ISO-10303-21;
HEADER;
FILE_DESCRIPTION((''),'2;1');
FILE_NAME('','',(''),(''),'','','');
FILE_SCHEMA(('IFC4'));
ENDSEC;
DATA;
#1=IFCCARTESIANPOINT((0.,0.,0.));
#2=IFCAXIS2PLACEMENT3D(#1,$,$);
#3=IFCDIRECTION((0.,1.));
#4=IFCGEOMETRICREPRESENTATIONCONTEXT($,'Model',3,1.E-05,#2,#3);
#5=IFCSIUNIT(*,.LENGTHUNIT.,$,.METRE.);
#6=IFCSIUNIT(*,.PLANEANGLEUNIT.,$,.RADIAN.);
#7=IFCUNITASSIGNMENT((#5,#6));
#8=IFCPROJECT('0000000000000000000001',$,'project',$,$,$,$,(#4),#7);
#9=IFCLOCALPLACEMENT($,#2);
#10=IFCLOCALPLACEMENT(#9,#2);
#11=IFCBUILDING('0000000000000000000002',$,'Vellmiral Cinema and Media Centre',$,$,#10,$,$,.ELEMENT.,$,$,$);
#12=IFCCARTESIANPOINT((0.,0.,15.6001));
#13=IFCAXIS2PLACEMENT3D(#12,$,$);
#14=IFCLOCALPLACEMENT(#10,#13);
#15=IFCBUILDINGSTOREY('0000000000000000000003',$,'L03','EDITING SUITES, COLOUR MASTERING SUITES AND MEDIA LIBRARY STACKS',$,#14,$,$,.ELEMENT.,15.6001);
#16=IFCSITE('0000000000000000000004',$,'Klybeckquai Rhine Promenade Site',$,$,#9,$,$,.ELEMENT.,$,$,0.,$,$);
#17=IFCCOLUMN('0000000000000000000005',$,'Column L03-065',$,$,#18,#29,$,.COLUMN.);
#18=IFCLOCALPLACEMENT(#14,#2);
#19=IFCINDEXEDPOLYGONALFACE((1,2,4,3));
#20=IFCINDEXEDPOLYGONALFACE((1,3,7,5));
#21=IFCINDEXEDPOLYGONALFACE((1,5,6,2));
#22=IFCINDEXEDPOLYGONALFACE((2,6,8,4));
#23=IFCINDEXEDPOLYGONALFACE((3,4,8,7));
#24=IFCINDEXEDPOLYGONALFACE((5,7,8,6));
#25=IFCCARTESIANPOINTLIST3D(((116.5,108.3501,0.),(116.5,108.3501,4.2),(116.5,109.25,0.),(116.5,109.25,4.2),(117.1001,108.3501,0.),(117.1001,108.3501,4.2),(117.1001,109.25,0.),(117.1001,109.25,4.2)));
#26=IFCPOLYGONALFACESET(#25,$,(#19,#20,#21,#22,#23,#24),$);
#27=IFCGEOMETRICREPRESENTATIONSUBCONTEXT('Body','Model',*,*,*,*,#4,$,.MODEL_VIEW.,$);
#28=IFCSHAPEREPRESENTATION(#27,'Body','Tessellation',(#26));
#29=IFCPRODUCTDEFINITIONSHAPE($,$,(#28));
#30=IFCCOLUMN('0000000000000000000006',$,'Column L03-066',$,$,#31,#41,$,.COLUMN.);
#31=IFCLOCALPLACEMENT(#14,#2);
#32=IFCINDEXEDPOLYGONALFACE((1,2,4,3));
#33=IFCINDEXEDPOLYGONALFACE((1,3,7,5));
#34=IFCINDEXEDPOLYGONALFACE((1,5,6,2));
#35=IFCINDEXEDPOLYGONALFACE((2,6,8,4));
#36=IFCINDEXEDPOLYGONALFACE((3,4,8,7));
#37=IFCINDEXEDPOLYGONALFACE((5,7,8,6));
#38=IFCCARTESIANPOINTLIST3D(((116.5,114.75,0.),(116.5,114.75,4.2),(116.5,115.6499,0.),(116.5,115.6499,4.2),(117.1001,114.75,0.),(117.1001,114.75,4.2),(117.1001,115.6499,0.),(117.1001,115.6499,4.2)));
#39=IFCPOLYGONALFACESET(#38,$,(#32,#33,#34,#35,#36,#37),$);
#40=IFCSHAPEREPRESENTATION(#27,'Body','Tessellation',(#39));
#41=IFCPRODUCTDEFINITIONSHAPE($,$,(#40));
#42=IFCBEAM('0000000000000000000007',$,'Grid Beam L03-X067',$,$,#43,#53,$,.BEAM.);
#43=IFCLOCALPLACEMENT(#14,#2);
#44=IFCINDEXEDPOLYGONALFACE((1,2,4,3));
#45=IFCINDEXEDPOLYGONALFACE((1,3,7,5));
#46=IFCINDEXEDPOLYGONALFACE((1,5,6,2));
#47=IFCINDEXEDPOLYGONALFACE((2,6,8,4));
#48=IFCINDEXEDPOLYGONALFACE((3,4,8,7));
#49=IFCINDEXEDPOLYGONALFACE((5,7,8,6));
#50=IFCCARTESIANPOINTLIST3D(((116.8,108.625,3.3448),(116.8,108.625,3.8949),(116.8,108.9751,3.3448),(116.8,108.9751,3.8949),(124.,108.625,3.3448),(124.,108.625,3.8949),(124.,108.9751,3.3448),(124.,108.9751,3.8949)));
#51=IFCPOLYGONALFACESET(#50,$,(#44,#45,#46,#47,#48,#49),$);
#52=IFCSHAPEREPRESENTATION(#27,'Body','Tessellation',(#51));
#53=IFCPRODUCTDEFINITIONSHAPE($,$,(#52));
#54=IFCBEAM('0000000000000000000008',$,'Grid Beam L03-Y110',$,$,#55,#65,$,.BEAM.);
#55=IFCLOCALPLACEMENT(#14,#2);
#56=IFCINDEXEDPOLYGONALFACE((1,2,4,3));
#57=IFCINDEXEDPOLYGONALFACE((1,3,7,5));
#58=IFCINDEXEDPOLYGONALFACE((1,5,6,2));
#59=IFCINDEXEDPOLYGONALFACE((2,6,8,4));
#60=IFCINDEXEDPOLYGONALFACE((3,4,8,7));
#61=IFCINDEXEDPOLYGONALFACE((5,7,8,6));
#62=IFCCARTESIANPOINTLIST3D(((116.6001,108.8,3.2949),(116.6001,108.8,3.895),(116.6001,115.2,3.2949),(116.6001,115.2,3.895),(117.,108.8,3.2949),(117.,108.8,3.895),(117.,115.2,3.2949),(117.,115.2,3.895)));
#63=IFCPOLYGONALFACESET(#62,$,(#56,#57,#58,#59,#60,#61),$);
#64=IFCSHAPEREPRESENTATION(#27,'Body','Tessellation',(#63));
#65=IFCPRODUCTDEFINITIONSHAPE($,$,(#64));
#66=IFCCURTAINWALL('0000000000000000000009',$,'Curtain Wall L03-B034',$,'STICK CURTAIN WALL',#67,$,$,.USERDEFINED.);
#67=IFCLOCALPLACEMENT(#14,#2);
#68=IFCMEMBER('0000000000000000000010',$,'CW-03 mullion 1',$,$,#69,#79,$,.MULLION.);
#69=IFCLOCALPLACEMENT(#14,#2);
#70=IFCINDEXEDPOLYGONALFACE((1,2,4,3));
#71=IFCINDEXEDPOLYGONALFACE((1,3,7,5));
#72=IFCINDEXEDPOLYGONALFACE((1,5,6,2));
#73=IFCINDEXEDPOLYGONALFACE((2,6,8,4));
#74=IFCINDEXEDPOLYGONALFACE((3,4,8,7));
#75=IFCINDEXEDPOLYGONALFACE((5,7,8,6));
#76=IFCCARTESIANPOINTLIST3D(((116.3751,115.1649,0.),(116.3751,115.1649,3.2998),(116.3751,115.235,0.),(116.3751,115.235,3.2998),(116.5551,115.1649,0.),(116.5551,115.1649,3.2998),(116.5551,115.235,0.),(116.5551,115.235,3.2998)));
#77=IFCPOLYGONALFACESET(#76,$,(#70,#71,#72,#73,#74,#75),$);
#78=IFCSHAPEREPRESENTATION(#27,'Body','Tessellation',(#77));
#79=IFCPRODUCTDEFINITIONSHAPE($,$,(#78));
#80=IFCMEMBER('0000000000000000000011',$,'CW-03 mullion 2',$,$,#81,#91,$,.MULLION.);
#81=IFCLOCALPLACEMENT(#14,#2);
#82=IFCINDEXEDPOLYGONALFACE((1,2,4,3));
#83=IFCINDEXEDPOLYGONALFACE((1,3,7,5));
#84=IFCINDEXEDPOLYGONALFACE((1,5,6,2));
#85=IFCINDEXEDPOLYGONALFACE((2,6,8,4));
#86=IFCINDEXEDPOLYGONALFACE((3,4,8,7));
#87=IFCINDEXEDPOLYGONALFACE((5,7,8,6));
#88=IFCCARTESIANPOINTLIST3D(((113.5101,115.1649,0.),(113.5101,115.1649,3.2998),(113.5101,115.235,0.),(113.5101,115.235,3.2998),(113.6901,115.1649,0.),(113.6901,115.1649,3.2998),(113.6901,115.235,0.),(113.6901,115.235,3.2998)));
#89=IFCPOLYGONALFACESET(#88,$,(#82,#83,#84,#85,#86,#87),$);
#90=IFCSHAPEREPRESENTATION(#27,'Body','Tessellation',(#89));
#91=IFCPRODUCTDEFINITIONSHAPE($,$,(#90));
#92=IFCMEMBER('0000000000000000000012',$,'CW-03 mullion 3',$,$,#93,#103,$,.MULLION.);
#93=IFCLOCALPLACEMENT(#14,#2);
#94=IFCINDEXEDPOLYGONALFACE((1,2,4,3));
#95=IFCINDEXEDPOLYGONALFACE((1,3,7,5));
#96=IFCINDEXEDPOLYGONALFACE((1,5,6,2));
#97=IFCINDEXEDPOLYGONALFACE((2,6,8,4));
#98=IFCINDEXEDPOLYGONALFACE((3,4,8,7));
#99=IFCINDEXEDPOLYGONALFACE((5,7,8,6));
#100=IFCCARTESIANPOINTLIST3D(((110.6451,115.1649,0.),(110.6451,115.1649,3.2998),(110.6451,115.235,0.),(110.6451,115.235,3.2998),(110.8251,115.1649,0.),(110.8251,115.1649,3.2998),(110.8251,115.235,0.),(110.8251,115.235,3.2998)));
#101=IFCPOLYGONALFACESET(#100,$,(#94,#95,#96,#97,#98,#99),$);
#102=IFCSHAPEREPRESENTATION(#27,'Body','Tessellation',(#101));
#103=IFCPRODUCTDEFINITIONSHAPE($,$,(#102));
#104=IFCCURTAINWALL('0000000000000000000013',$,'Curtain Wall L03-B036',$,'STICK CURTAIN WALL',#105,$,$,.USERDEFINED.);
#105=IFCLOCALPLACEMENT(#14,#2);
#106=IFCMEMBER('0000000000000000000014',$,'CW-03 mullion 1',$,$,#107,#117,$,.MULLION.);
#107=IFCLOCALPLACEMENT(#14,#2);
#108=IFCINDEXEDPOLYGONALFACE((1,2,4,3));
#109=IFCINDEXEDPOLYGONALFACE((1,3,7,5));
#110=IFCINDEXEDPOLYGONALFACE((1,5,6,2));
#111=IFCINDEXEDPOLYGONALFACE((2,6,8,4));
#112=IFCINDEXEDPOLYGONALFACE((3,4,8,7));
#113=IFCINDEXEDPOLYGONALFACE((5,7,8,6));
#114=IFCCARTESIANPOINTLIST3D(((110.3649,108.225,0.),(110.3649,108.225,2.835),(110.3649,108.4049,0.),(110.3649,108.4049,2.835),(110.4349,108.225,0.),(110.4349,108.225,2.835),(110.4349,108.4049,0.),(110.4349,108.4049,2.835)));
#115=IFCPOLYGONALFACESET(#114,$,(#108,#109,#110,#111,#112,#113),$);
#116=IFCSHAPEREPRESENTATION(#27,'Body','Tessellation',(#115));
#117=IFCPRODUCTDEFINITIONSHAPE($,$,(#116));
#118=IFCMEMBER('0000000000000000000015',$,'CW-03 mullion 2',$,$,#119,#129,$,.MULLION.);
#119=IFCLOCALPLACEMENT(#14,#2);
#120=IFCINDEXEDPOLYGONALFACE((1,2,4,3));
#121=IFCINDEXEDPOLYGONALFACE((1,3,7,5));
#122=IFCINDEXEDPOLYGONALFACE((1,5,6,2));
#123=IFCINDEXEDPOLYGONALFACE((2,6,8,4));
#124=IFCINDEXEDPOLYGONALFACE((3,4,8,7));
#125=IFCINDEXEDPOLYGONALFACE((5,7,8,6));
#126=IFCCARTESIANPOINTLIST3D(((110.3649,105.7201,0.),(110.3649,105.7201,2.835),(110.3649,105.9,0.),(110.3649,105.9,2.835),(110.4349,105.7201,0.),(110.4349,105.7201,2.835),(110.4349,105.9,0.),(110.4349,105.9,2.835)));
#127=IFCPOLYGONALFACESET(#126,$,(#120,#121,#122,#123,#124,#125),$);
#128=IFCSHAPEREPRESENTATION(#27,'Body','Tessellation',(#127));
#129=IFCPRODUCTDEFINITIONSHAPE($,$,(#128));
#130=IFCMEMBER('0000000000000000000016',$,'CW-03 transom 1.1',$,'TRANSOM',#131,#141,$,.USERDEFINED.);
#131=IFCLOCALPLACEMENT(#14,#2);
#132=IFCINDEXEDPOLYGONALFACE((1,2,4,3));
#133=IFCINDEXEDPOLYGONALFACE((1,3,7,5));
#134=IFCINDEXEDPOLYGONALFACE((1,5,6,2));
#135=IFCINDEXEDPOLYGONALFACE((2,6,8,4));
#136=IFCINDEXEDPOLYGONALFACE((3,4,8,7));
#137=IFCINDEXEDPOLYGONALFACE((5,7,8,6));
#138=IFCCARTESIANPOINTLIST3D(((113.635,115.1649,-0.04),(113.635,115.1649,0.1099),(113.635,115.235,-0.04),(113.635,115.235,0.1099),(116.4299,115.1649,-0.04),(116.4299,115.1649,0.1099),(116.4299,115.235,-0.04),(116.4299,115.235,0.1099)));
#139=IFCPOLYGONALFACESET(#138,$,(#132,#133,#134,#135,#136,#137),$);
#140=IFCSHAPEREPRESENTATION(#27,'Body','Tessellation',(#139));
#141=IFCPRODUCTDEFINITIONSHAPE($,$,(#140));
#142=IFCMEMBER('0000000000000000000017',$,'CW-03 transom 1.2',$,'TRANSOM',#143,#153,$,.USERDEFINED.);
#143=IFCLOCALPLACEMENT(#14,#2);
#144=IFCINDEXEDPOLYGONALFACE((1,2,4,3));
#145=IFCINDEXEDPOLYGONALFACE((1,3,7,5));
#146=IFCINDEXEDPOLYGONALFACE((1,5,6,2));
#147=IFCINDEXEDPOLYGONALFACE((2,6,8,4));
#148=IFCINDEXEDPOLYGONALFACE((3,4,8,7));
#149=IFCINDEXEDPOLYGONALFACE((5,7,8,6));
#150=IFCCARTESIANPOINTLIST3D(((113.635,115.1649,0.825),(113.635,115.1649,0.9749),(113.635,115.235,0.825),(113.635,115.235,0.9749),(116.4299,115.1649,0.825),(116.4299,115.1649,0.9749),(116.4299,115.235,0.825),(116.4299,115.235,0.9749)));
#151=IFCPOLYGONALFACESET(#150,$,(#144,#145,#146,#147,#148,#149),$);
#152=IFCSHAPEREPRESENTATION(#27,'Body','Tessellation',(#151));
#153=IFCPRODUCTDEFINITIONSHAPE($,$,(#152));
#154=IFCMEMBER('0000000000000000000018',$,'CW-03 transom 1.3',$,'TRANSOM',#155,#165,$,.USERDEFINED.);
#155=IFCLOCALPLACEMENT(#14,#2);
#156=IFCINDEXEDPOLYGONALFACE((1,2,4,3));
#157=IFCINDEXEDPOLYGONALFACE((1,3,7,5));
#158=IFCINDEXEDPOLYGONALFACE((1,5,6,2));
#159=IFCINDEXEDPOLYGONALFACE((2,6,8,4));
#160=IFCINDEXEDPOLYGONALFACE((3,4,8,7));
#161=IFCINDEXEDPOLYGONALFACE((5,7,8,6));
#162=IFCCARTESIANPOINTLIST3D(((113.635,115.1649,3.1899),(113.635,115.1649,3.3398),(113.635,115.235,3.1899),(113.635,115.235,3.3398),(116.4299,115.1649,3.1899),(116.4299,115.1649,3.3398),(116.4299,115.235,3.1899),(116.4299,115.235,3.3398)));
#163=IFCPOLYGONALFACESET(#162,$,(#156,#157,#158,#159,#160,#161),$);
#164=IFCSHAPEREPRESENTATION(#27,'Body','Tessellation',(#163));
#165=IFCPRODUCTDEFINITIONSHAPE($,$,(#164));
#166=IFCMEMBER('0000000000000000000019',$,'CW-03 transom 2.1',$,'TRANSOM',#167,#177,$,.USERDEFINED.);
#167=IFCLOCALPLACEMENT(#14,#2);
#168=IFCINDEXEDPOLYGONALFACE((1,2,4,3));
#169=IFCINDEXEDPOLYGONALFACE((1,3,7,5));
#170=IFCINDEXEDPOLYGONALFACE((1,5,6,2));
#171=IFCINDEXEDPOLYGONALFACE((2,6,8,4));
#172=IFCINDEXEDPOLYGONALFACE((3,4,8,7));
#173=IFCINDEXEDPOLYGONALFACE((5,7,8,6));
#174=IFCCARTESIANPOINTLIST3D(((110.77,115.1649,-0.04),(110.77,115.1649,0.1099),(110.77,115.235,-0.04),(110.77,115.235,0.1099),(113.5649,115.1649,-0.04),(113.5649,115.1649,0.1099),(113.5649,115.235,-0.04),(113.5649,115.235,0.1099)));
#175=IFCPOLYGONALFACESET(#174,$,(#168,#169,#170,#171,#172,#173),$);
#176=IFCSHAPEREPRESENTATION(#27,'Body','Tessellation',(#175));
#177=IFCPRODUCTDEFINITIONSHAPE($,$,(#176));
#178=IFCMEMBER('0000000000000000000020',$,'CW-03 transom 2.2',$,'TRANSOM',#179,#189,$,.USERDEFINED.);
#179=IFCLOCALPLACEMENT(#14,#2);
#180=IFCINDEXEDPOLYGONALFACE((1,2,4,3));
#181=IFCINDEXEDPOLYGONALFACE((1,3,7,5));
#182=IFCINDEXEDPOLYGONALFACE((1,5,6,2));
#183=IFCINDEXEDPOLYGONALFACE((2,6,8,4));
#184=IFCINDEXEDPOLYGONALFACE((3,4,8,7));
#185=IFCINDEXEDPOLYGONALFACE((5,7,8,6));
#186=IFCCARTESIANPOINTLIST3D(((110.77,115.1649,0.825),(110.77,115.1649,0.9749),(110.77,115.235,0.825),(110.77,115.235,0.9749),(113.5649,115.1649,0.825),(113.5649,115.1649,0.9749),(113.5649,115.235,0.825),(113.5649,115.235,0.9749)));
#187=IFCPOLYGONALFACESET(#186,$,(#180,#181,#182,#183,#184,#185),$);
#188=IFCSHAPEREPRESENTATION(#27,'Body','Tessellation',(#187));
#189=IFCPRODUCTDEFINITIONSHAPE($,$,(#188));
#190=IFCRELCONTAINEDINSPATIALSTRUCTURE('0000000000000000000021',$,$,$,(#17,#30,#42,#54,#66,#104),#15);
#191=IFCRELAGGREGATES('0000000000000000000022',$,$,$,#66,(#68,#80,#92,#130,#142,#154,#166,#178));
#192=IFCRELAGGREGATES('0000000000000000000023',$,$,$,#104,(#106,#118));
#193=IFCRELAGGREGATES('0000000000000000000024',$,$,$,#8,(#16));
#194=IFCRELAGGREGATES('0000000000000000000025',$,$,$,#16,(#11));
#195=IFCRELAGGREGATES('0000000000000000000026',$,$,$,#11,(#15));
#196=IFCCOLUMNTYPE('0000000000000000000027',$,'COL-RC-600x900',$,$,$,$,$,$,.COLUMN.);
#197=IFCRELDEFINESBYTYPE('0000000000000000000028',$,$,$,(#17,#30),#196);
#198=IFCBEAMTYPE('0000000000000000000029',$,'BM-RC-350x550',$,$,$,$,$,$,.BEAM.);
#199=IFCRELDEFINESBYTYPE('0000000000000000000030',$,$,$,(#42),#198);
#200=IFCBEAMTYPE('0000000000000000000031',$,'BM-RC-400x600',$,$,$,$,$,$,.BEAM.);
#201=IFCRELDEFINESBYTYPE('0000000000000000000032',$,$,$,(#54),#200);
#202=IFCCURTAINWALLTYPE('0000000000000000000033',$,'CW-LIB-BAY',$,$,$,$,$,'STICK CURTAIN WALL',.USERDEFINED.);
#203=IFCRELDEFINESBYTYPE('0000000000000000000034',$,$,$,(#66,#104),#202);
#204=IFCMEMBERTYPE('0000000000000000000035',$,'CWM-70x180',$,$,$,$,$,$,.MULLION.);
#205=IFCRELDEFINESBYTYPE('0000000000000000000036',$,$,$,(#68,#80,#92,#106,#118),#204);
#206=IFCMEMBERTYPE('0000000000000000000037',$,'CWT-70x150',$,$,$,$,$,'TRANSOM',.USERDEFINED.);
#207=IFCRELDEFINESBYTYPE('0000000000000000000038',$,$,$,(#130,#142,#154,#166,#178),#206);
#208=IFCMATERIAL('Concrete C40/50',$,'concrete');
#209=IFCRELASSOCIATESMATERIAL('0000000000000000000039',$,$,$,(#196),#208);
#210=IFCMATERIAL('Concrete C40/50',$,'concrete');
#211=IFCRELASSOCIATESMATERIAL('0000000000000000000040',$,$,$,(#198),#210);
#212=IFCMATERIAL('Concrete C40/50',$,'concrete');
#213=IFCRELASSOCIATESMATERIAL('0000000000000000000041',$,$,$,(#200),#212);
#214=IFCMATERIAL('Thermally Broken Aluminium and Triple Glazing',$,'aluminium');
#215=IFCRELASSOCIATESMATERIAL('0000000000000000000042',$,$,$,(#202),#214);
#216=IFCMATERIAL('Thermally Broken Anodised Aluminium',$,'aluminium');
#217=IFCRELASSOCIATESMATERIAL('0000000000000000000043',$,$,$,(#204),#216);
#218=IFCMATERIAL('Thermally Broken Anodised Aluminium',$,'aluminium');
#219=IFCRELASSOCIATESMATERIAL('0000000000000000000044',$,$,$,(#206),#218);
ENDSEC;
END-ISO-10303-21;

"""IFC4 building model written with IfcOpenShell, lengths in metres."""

from ifc_helpers import new_model, si_unit, direction, frame, origin, origin_2d, place, context, subcontext, project, spatial, rectangle, extrude, material, material_profile, profile_set, type_object, element, aggregate, save


model = new_model("IFC4")

# Units and contexts
model_context = context("Model", 3, precision=1e-05, world=origin(), true_north=direction((0.0, 1.0)))
body_context = subcontext(model_context, "Body", "Model", "MODEL_VIEW")
ifc_project = project(units=[si_unit("LENGTHUNIT", "METRE"), si_unit("PLANEANGLEUNIT", "RADIAN")], contexts=[model_context])

# Site, building, storey
site_placement = place(None, origin())
site = spatial("IfcSite", under=ifc_project, at=site_placement, Name="Klybeckquai Rhine Promenade Site", CompositionType="ELEMENT", RefElevation=0.0)
building_placement = place(site_placement, origin())
building = spatial("IfcBuilding", under=site, at=building_placement, Name="Vellmiral Cinema and Media Centre", CompositionType="ELEMENT")
storey_placement = place(building_placement, frame((0.0, 0.0, 15.6001)))
storey = spatial("IfcBuildingStorey", under=building, at=storey_placement, Name="L03", Description="EDITING SUITES, COLOUR MASTERING SUITES AND MEDIA LIBRARY STACKS", CompositionType="ELEMENT", Elevation=15.6001)

# Columns
ifc_material_1 = material(Name="Concrete C40/50", Category="concrete")
ifc_material_profile_1 = material_profile(ifc_material_1, rectangle(XDim=0.6001, YDim=0.8999, at=origin_2d()), Name="RC 600x900")
ifc_profile_set_1 = profile_set([ifc_material_profile_1], Name="Concrete C40/50")
column_type = type_object("IfcColumnType", Name="COL-RC-600x900", PredefinedType="COLUMN", material=ifc_profile_set_1)
for number, where, z_axis, x_axis, name in (
    (1, (116.8, 108.8, 0.0), (0.0, 0.0, 1.0), (1.0, 0.0, 0.0), "Column L03-065"),
    (2, (116.8, 115.2, 0.0), (0.0, 0.0, 1.0), (1.0, 0.0, 0.0), "Column L03-066"),
):
    element("IfcColumn", number, at=place(storey_placement, frame(where, z_axis=z_axis, x_axis=x_axis)), inside=storey, type_object=column_type, Name=name, PredefinedType="COLUMN", context=body_context, shape_type="SweptSolid", body=[
        extrude(rectangle(XDim=0.6001, YDim=0.8999, at=origin_2d()), origin(), (0.0, 0.0, 1.0), 4.2),
    ])

# Beams
ifc_material_2 = material(Name="Concrete C40/50", Category="concrete")
ifc_material_profile_2 = material_profile(ifc_material_2, rectangle(XDim=0.3501, YDim=0.55, at=origin_2d()), Name="RC 350x550")
ifc_profile_set_2 = profile_set([ifc_material_profile_2], Name="Concrete C40/50")
beam_type_1 = type_object("IfcBeamType", Name="BM-RC-350x550", PredefinedType="BEAM", material=ifc_profile_set_2)
beam_1_placement = place(storey_placement, frame((116.8, 108.8, 3.6199), z_axis=(1.0, 0.0, 0.0), x_axis=(0.0, 1.0, 0.0)))
element("IfcBeam", 3, at=beam_1_placement, inside=storey, type_object=beam_type_1, Name="Grid Beam L03-X067", PredefinedType="BEAM", context=body_context, shape_type="SweptSolid", body=[
    extrude(rectangle(XDim=0.3501, YDim=0.55, at=origin_2d()), origin(), (0.0, 0.0, 1.0), 7.2),
])
ifc_material_3 = material(Name="Concrete C40/50", Category="concrete")
ifc_material_profile_3 = material_profile(ifc_material_3, rectangle(XDim=0.3999, YDim=0.6001, at=origin_2d()), Name="RC 400x600")
ifc_profile_set_3 = profile_set([ifc_material_profile_3], Name="Concrete C40/50")
beam_type_2 = type_object("IfcBeamType", Name="BM-RC-400x600", PredefinedType="BEAM", material=ifc_profile_set_3)
beam_2_placement = place(storey_placement, frame((116.8, 108.8, 3.595), z_axis=(0.0, 1.0, 0.0), x_axis=(-1.0, 0.0, 0.0)))
element("IfcBeam", 4, at=beam_2_placement, inside=storey, type_object=beam_type_2, Name="Grid Beam L03-Y110", PredefinedType="BEAM", context=body_context, shape_type="SweptSolid", body=[
    extrude(rectangle(XDim=0.3999, YDim=0.6001, at=origin_2d()), origin(), (0.0, 0.0, 1.0), 6.3999),
])

# Curtain walls, members
ifc_material_4 = material(Name="Thermally Broken Aluminium and Triple Glazing", Category="aluminium")
curtain_wall_type = type_object("IfcCurtainWallType", Name="CW-LIB-BAY", ElementType="STICK CURTAIN WALL", PredefinedType="USERDEFINED", material=ifc_material_4)
curtain_wall_1_placement = place(storey_placement, origin())
curtain_wall_1 = element("IfcCurtainWall", 5, at=curtain_wall_1_placement, inside=storey, type_object=curtain_wall_type, Name="Curtain Wall L03-B034", ObjectType="STICK CURTAIN WALL", PredefinedType="USERDEFINED")
ifc_material_5 = material(Name="Thermally Broken Anodised Aluminium", Category="aluminium")
ifc_material_profile_4 = material_profile(ifc_material_5, rectangle(XDim=0.0701, YDim=0.1799, at=origin_2d()), Name="MULL 70x180")
ifc_profile_set_4 = profile_set([ifc_material_profile_4], Name="Thermally Broken Anodised Aluminium")
member_type_1 = type_object("IfcMemberType", Name="CWM-70x180", PredefinedType="MULLION", material=ifc_profile_set_4)
member_1_placement = place(storey_placement, frame((116.4651, 115.2, 0.0), z_axis=(0.0, 0.0, 1.0), x_axis=(0.0, -1.0, 0.0)))
member_1 = element("IfcMember", 6, at=member_1_placement, type_object=member_type_1, Name="CW-03 mullion 1", PredefinedType="MULLION", context=body_context, shape_type="SweptSolid", body=[
    extrude(rectangle(XDim=0.0701, YDim=0.1799, at=origin_2d()), origin(), (0.0, 0.0, 1.0), 3.2998),
])
member_2_placement = place(storey_placement, frame((113.6001, 115.2, 0.0), z_axis=(0.0, 0.0, 1.0), x_axis=(0.0, -1.0, 0.0)))
member_2 = element("IfcMember", 7, at=member_2_placement, type_object=member_type_1, Name="CW-03 mullion 2", PredefinedType="MULLION", context=body_context, shape_type="SweptSolid", body=[
    extrude(rectangle(XDim=0.0701, YDim=0.1799, at=origin_2d()), origin(), (0.0, 0.0, 1.0), 3.2998),
])
member_3_placement = place(storey_placement, frame((110.7351, 115.2, 0.0), z_axis=(0.0, 0.0, 1.0), x_axis=(0.0, -1.0, 0.0)))
member_3 = element("IfcMember", 8, at=member_3_placement, type_object=member_type_1, Name="CW-03 mullion 3", PredefinedType="MULLION", context=body_context, shape_type="SweptSolid", body=[
    extrude(rectangle(XDim=0.0701, YDim=0.1799, at=origin_2d()), origin(), (0.0, 0.0, 1.0), 3.2998),
])
curtain_wall_2_placement = place(storey_placement, origin())
curtain_wall_2 = element("IfcCurtainWall", 9, at=curtain_wall_2_placement, inside=storey, type_object=curtain_wall_type, Name="Curtain Wall L03-B036", ObjectType="STICK CURTAIN WALL", PredefinedType="USERDEFINED")
member_4_placement = place(storey_placement, frame((110.3999, 108.3149, 0.0), z_axis=(0.0, 0.0, 1.0), x_axis=(1.0, 0.0, 0.0)))
member_4 = element("IfcMember", 10, at=member_4_placement, type_object=member_type_1, Name="CW-03 mullion 1", PredefinedType="MULLION", context=body_context, shape_type="SweptSolid", body=[
    extrude(rectangle(XDim=0.0701, YDim=0.1799, at=origin_2d()), origin(), (0.0, 0.0, 1.0), 2.835),
])
member_5_placement = place(storey_placement, frame((110.3999, 105.8101, 0.0), z_axis=(0.0, 0.0, 1.0), x_axis=(1.0, 0.0, 0.0)))
member_5 = element("IfcMember", 11, at=member_5_placement, type_object=member_type_1, Name="CW-03 mullion 2", PredefinedType="MULLION", context=body_context, shape_type="SweptSolid", body=[
    extrude(rectangle(XDim=0.0701, YDim=0.1799, at=origin_2d()), origin(), (0.0, 0.0, 1.0), 2.835),
])

# Members
ifc_material_6 = material(Name="Thermally Broken Anodised Aluminium", Category="aluminium")
ifc_material_profile_5 = material_profile(ifc_material_6, rectangle(XDim=0.0701, YDim=0.1499, at=origin_2d()), Name="MULL 70x150")
ifc_profile_set_5 = profile_set([ifc_material_profile_5], Name="Thermally Broken Anodised Aluminium")
member_type_2 = type_object("IfcMemberType", Name="CWT-70x150", ElementType="TRANSOM", PredefinedType="USERDEFINED", material=ifc_profile_set_5)
member_6_placement = place(storey_placement, frame((116.4299, 115.2, 0.0349), z_axis=(-1.0, 0.0, 0.0), x_axis=(0.0, -1.0, 0.0)))
member_6 = element("IfcMember", 12, at=member_6_placement, type_object=member_type_2, Name="CW-03 transom 1.1", ObjectType="TRANSOM", PredefinedType="USERDEFINED", context=body_context, shape_type="SweptSolid", body=[
    extrude(rectangle(XDim=0.0701, YDim=0.1499, at=origin_2d()), origin(), (0.0, 0.0, 1.0), 2.7949),
])
member_7_placement = place(storey_placement, frame((116.4299, 115.2, 0.8999), z_axis=(-1.0, 0.0, 0.0), x_axis=(0.0, -1.0, 0.0)))
member_7 = element("IfcMember", 13, at=member_7_placement, type_object=member_type_2, Name="CW-03 transom 1.2", ObjectType="TRANSOM", PredefinedType="USERDEFINED", context=body_context, shape_type="SweptSolid", body=[
    extrude(rectangle(XDim=0.0701, YDim=0.1499, at=origin_2d()), origin(), (0.0, 0.0, 1.0), 2.7949),
])
member_8_placement = place(storey_placement, frame((116.4299, 115.2, 3.2649), z_axis=(-1.0, 0.0, 0.0), x_axis=(0.0, -1.0, 0.0)))
member_8 = element("IfcMember", 14, at=member_8_placement, type_object=member_type_2, Name="CW-03 transom 1.3", ObjectType="TRANSOM", PredefinedType="USERDEFINED", context=body_context, shape_type="SweptSolid", body=[
    extrude(rectangle(XDim=0.0701, YDim=0.1499, at=origin_2d()), origin(), (0.0, 0.0, 1.0), 2.7949),
])
member_9_placement = place(storey_placement, frame((113.5649, 115.2, 0.0349), z_axis=(-1.0, 0.0, 0.0), x_axis=(0.0, -1.0, 0.0)))
member_9 = element("IfcMember", 15, at=member_9_placement, type_object=member_type_2, Name="CW-03 transom 2.1", ObjectType="TRANSOM", PredefinedType="USERDEFINED", context=body_context, shape_type="SweptSolid", body=[
    extrude(rectangle(XDim=0.0701, YDim=0.1499, at=origin_2d()), origin(), (0.0, 0.0, 1.0), 2.7949),
])
member_10_placement = place(storey_placement, frame((113.5649, 115.2, 0.8999), z_axis=(-1.0, 0.0, 0.0), x_axis=(0.0, -1.0, 0.0)))
member_10 = element("IfcMember", 16, at=member_10_placement, type_object=member_type_2, Name="CW-03 transom 2.2", ObjectType="TRANSOM", PredefinedType="USERDEFINED", context=body_context, shape_type="SweptSolid", body=[
    extrude(rectangle(XDim=0.0701, YDim=0.1499, at=origin_2d()), origin(), (0.0, 0.0, 1.0), 2.7949),
])

aggregate(curtain_wall_1, [member_1, member_2, member_3, member_6, member_7, member_8, member_9, member_10])
aggregate(curtain_wall_2, [member_4, member_5])

save(model, "model.ifc")
